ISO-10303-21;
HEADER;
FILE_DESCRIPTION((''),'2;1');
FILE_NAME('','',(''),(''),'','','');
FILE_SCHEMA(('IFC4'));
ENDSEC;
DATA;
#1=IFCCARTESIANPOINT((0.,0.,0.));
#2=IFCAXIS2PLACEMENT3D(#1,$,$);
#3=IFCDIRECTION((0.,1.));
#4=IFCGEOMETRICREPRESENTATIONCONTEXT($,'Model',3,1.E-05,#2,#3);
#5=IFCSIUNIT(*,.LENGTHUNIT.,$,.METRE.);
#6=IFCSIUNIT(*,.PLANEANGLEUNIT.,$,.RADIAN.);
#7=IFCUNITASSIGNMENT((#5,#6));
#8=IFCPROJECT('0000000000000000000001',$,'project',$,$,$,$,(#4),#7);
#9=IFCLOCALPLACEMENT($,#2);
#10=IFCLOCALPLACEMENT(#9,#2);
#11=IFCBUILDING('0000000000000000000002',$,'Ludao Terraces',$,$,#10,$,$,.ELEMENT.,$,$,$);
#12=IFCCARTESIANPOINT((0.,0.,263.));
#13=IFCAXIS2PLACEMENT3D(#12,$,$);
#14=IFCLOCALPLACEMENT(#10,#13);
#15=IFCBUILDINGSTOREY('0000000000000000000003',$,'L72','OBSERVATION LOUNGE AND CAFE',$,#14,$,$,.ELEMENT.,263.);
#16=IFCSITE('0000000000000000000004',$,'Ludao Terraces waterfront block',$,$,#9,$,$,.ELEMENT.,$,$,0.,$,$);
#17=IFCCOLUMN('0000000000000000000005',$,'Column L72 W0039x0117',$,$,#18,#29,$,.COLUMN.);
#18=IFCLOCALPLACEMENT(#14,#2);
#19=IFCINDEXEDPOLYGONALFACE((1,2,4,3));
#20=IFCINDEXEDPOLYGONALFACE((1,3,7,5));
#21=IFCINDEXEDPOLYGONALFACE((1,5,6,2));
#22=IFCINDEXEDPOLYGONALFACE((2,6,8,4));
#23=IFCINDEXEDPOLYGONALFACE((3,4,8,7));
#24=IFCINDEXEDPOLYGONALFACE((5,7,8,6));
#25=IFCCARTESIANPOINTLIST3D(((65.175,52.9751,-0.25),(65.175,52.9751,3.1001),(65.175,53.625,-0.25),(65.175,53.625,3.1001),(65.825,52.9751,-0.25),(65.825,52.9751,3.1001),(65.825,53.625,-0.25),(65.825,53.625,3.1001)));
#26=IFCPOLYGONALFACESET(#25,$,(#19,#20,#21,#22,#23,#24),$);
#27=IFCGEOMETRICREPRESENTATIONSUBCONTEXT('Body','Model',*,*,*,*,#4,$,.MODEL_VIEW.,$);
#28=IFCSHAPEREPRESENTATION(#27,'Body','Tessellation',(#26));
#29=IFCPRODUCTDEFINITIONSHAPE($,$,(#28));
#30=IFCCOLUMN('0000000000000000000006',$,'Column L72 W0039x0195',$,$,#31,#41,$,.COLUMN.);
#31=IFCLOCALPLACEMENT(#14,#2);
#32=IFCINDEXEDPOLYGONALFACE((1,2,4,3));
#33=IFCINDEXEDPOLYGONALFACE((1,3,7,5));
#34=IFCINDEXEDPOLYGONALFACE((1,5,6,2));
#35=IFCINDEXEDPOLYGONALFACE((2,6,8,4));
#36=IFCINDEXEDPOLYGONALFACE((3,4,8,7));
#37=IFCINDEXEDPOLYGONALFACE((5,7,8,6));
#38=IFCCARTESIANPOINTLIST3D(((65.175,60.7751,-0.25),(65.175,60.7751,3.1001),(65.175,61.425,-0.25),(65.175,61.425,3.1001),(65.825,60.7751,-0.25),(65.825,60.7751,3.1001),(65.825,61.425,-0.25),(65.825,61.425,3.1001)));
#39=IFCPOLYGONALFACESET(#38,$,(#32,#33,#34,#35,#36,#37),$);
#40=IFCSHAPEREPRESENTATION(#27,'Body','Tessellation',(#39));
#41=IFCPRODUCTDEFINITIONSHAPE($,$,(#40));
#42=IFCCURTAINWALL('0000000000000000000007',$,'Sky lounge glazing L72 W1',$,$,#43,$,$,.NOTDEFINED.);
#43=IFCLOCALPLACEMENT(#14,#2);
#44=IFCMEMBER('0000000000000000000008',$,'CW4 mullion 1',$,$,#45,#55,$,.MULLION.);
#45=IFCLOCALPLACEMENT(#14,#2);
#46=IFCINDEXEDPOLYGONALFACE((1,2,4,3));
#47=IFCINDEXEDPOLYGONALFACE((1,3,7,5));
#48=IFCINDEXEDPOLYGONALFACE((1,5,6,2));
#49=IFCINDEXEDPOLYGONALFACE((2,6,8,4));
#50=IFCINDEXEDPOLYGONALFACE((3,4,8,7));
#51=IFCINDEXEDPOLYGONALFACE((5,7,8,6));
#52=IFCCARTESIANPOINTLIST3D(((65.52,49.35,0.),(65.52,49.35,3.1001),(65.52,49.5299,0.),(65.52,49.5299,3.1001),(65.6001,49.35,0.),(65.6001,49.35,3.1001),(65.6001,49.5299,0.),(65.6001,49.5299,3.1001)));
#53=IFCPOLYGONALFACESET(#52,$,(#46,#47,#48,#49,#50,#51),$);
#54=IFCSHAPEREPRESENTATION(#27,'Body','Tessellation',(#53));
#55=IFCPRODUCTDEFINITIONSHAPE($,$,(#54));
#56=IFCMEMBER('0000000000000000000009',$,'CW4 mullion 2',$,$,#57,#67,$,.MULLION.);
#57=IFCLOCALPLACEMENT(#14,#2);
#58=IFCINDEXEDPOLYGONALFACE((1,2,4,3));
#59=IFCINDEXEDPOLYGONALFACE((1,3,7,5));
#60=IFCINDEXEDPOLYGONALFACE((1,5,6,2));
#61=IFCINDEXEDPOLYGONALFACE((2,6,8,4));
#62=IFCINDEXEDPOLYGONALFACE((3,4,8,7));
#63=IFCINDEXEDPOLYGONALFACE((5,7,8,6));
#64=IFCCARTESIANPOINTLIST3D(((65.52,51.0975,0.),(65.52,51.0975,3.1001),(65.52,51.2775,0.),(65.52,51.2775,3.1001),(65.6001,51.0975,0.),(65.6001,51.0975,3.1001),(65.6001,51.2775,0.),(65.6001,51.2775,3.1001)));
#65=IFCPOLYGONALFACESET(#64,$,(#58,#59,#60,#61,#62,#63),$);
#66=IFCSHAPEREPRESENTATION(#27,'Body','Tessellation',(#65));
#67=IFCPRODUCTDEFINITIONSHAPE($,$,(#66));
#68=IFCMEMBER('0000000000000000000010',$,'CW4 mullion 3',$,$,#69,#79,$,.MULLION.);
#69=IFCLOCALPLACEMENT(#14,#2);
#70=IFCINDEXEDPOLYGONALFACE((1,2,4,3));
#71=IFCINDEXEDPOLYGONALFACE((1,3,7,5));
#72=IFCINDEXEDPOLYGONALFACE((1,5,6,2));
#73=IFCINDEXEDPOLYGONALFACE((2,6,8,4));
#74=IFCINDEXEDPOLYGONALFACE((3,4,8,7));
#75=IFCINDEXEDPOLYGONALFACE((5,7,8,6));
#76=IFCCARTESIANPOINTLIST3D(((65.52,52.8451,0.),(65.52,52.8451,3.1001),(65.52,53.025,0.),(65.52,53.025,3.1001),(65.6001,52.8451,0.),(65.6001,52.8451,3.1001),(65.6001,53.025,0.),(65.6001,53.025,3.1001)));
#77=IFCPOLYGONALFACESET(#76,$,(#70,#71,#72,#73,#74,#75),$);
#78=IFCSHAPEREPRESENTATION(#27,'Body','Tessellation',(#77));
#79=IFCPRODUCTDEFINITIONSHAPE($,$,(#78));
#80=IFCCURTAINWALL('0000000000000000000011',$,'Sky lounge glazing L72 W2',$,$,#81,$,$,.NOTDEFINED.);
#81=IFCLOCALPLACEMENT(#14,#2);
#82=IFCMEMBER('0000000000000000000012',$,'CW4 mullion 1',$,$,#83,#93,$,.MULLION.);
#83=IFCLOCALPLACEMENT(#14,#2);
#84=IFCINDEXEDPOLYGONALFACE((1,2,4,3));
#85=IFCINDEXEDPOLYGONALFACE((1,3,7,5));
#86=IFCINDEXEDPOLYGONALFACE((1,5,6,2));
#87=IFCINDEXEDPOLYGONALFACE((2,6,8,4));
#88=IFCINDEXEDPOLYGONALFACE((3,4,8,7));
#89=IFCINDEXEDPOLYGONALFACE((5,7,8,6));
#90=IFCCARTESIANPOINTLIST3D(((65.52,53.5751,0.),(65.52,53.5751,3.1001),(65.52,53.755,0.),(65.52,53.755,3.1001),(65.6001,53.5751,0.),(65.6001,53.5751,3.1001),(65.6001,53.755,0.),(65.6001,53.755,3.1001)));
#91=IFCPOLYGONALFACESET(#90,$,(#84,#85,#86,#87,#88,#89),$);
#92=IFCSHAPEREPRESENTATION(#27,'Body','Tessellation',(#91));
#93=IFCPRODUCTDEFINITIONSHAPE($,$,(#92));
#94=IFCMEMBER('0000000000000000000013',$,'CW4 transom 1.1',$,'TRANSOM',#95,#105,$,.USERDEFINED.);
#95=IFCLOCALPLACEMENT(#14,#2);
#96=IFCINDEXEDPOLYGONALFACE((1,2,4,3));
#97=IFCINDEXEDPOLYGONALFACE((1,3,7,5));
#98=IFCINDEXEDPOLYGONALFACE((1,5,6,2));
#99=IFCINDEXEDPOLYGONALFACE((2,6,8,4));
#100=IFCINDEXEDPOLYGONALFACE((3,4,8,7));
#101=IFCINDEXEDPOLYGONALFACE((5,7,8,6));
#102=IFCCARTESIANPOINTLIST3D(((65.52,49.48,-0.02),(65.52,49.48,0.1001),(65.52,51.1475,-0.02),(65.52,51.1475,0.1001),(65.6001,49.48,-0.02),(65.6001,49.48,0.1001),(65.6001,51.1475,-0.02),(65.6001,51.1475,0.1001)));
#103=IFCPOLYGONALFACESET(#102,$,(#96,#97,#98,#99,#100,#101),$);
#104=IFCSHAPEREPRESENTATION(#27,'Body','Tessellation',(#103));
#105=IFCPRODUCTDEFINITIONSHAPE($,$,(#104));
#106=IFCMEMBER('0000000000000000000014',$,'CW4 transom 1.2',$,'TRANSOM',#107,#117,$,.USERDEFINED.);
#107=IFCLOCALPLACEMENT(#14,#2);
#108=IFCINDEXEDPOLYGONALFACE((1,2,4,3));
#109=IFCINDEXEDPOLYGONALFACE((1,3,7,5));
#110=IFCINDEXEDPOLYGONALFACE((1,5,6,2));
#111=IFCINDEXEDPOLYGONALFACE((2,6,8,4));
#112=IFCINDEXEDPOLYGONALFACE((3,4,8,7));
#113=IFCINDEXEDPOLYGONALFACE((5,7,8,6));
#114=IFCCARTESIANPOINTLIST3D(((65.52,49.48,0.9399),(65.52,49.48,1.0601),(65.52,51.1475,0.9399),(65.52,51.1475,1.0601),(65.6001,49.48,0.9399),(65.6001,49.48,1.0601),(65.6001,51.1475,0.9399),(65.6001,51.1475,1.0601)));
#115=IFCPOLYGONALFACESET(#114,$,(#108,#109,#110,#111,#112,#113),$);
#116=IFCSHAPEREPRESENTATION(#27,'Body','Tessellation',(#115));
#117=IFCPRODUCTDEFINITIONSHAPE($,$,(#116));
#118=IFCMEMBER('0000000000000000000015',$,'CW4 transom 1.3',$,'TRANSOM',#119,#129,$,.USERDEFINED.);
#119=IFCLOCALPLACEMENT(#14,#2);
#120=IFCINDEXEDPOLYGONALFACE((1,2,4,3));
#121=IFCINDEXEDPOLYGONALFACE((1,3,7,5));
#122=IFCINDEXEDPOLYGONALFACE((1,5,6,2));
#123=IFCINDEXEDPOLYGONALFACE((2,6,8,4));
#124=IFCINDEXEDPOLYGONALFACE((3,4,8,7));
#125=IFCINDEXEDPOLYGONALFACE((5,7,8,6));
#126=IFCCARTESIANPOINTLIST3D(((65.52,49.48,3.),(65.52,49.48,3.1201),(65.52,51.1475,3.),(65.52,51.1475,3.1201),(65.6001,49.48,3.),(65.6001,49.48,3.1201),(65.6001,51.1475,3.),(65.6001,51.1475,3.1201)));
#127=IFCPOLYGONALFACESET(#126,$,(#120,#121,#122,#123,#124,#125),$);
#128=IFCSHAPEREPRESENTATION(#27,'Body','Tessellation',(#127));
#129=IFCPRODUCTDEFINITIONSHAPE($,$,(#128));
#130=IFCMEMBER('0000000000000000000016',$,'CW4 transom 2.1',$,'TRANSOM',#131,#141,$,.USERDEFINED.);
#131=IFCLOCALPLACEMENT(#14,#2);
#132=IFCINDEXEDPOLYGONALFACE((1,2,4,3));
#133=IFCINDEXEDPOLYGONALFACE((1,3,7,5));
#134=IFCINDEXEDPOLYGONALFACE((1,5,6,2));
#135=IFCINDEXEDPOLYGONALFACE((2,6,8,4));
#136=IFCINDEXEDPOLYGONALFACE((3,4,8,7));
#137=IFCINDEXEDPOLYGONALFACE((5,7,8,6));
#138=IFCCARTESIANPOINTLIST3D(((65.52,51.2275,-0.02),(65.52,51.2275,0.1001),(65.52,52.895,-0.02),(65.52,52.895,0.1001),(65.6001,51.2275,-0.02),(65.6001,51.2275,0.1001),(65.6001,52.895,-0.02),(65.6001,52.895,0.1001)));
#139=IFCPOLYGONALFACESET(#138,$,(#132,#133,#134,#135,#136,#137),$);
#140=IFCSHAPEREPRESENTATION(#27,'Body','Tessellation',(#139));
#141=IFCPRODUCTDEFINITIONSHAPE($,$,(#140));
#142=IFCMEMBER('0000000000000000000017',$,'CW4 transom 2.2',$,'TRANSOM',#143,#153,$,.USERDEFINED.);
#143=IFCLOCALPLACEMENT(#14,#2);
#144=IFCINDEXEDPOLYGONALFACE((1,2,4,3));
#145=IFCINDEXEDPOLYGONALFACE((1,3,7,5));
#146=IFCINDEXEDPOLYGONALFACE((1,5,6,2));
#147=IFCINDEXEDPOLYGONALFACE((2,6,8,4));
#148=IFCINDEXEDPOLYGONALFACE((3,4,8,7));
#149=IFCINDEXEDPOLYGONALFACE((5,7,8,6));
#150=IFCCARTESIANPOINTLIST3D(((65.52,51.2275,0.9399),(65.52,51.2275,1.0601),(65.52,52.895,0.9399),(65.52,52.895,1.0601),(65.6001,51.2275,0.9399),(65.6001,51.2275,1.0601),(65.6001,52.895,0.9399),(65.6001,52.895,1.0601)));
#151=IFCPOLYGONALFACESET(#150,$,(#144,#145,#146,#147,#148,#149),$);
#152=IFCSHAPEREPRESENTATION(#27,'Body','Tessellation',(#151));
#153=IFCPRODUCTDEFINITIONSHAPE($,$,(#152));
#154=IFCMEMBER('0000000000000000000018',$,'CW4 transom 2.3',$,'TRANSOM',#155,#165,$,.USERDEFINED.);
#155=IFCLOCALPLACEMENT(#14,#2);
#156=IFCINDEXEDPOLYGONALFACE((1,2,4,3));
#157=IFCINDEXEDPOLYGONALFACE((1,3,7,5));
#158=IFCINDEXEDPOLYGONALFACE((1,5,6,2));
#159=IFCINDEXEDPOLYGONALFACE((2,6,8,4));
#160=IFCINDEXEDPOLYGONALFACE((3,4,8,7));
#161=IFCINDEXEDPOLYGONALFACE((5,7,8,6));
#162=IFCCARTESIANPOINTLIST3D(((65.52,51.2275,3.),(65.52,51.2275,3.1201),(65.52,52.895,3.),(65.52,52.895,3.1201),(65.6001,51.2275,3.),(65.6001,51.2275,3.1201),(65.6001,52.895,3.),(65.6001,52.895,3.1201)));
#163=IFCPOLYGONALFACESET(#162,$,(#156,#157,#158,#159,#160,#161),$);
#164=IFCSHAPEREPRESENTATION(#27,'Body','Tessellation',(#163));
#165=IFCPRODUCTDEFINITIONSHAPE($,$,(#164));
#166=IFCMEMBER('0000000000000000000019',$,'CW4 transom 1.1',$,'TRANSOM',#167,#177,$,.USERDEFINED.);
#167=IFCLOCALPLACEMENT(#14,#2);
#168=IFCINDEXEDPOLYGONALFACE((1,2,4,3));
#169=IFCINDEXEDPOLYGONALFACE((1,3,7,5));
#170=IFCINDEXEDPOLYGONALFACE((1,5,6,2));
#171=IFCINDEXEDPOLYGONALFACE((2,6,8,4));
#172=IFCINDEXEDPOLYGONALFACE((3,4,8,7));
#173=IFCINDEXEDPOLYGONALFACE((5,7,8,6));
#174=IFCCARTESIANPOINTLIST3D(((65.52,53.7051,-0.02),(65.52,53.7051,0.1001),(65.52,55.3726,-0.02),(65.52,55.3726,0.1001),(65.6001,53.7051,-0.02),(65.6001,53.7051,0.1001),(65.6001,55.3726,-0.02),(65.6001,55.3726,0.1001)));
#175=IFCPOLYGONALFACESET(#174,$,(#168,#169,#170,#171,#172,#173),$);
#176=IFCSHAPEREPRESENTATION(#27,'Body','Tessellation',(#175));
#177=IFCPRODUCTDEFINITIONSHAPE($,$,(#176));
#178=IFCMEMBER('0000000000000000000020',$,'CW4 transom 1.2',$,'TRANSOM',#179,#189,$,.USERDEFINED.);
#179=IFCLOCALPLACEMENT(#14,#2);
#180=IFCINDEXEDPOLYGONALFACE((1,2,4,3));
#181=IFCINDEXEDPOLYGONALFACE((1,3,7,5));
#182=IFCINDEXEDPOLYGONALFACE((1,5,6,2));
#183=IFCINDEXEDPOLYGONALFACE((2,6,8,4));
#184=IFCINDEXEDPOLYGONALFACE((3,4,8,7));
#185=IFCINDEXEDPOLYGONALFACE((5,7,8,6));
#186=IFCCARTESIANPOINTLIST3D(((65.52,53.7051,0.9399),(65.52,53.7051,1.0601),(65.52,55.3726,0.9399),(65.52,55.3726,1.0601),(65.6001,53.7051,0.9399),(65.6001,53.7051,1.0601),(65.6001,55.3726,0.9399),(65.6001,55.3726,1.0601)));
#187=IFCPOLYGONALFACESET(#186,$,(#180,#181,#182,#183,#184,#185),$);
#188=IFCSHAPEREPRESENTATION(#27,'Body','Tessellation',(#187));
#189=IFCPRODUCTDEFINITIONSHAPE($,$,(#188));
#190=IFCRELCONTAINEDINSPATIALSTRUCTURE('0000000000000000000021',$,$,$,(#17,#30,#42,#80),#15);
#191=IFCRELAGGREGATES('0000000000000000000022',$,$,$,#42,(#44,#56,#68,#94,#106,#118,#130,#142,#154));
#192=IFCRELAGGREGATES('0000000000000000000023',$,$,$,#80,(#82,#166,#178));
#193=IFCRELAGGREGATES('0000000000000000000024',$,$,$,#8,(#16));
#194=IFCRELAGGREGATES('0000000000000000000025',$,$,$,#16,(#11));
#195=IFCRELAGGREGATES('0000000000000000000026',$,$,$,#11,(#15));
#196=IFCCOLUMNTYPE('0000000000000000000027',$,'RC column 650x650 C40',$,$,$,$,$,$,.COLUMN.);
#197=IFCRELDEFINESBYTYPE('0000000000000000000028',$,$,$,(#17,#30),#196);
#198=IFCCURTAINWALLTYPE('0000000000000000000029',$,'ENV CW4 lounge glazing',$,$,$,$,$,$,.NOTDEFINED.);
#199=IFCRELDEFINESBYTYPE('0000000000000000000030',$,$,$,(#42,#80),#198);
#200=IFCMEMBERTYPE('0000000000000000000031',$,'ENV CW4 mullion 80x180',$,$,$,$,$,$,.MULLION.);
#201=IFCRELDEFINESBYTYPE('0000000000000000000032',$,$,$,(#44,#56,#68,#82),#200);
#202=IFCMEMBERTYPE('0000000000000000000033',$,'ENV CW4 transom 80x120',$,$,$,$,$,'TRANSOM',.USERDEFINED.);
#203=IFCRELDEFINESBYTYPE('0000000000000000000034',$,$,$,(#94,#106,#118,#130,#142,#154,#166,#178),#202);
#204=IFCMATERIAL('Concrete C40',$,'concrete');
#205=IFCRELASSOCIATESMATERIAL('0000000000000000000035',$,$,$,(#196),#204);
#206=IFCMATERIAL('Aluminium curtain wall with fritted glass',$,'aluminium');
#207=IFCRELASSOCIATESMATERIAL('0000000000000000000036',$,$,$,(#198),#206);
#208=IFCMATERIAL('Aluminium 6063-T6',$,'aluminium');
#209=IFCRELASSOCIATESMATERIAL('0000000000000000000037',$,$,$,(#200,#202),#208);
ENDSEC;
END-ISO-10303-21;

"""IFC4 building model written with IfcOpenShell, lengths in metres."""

from ifc_helpers import new_model, si_unit, direction, frame, origin, origin_2d, place, context, subcontext, project, spatial, rectangle, extrude, material, material_profile, profile_set, type_object, element, aggregate, save


model = new_model("IFC4")

# Units and contexts
model_context = context("Model", 3, precision=1e-05, world=origin(), true_north=direction((0.0, 1.0)))
body_context = subcontext(model_context, "Body", "Model", "MODEL_VIEW")
ifc_project = project(units=[si_unit("LENGTHUNIT", "METRE"), si_unit("PLANEANGLEUNIT", "RADIAN")], contexts=[model_context])

# Site, building, storey
site_placement = place(None, origin())
site = spatial("IfcSite", under=ifc_project, at=site_placement, Name="Ludao Terraces waterfront block", CompositionType="ELEMENT", RefElevation=0.0)
building_placement = place(site_placement, origin())
building = spatial("IfcBuilding", under=site, at=building_placement, Name="Ludao Terraces", CompositionType="ELEMENT")
storey_placement = place(building_placement, frame((0.0, 0.0, 263.0)))
storey = spatial("IfcBuildingStorey", under=building, at=storey_placement, Name="L72", Description="OBSERVATION LOUNGE AND CAFE", CompositionType="ELEMENT", Elevation=263.0)

# Columns
ifc_material_1 = material(Name="Concrete C40", Category="concrete")
ifc_material_profile_1 = material_profile(ifc_material_1, rectangle(XDim=0.6499, YDim=0.6499, at=origin_2d()), Name="650 X 650")
ifc_profile_set_1 = profile_set([ifc_material_profile_1], Name="Concrete C40")
column_type = type_object("IfcColumnType", Name="RC column 650x650 C40", PredefinedType="COLUMN", material=ifc_profile_set_1)
for number, where, z_axis, x_axis, name in (
    (1, (65.5, 53.3, -0.25), (0.0, 0.0, 1.0), (1.0, 0.0, 0.0), "Column L72 W0039x0117"),
    (2, (65.5, 61.1001, -0.25), (0.0, 0.0, 1.0), (1.0, 0.0, 0.0), "Column L72 W0039x0195"),
):
    element("IfcColumn", number, at=place(storey_placement, frame(where, z_axis=z_axis, x_axis=x_axis)), inside=storey, type_object=column_type, Name=name, PredefinedType="COLUMN", context=body_context, shape_type="SweptSolid", body=[
        extrude(rectangle(XDim=0.6499, YDim=0.6499, at=origin_2d()), origin(), (0.0, 0.0, 1.0), 3.3501),
    ])

# Curtain wall, members
ifc_material_2 = material(Name="Aluminium curtain wall with fritted glass", Category="aluminium")
curtain_wall_type = type_object("IfcCurtainWallType", Name="ENV CW4 lounge glazing", PredefinedType="NOTDEFINED", material=ifc_material_2)
curtain_wall_1_placement = place(storey_placement, origin())
curtain_wall_1 = element("IfcCurtainWall", 3, at=curtain_wall_1_placement, inside=storey, type_object=curtain_wall_type, Name="Sky lounge glazing L72 W1", PredefinedType="NOTDEFINED")
ifc_material_3 = material(Name="Aluminium 6063-T6", Category="aluminium")
ifc_material_profile_2 = material_profile(ifc_material_3, rectangle(XDim=0.0801, YDim=0.1799, at=origin_2d()), Name="80 X 180")
ifc_profile_set_2 = profile_set([ifc_material_profile_2], Name="Aluminium 6063-T6")
member_type_1 = type_object("IfcMemberType", Name="ENV CW4 mullion 80x180", PredefinedType="MULLION", material=ifc_profile_set_2)
member_1_placement = place(storey_placement, frame((65.5601, 49.4399, 0.0), z_axis=(0.0, 0.0, 1.0), x_axis=(-1.0, 0.0, 0.0)))
member_1 = element("IfcMember", 4, at=member_1_placement, type_object=member_type_1, Name="CW4 mullion 1", PredefinedType="MULLION", context=body_context, shape_type="SweptSolid", body=[
    extrude(rectangle(XDim=0.0801, YDim=0.1799, at=origin_2d()), origin(), (0.0, 0.0, 1.0), 3.1001),
])
member_2_placement = place(storey_placement, frame((65.5601, 51.1875, 0.0), z_axis=(0.0, 0.0, 1.0), x_axis=(-1.0, 0.0, 0.0)))
member_2 = element("IfcMember", 5, at=member_2_placement, type_object=member_type_1, Name="CW4 mullion 2", PredefinedType="MULLION", context=body_context, shape_type="SweptSolid", body=[
    extrude(rectangle(XDim=0.0801, YDim=0.1799, at=origin_2d()), origin(), (0.0, 0.0, 1.0), 3.1001),
])
member_3_placement = place(storey_placement, frame((65.5601, 52.9351, 0.0), z_axis=(0.0, 0.0, 1.0), x_axis=(-1.0, 0.0, 0.0)))
member_3 = element("IfcMember", 6, at=member_3_placement, type_object=member_type_1, Name="CW4 mullion 3", PredefinedType="MULLION", context=body_context, shape_type="SweptSolid", body=[
    extrude(rectangle(XDim=0.0801, YDim=0.1799, at=origin_2d()), origin(), (0.0, 0.0, 1.0), 3.1001),
])

# Curtain wall, member
curtain_wall_2_placement = place(storey_placement, origin())
curtain_wall_2 = element("IfcCurtainWall", 7, at=curtain_wall_2_placement, inside=storey, type_object=curtain_wall_type, Name="Sky lounge glazing L72 W2", PredefinedType="NOTDEFINED")
member_4_placement = place(storey_placement, frame((65.5601, 53.665, 0.0), z_axis=(0.0, 0.0, 1.0), x_axis=(-1.0, 0.0, 0.0)))
member_4 = element("IfcMember", 8, at=member_4_placement, type_object=member_type_1, Name="CW4 mullion 1", PredefinedType="MULLION", context=body_context, shape_type="SweptSolid", body=[
    extrude(rectangle(XDim=0.0801, YDim=0.1799, at=origin_2d()), origin(), (0.0, 0.0, 1.0), 3.1001),
])

# Members
ifc_material_profile_3 = material_profile(ifc_material_3, rectangle(XDim=0.0801, YDim=0.1201, at=origin_2d()), Name="80 X 120")
ifc_profile_set_3 = profile_set([ifc_material_profile_3], Name="Aluminium 6063-T6")
member_type_2 = type_object("IfcMemberType", Name="ENV CW4 transom 80x120", ElementType="TRANSOM", PredefinedType="USERDEFINED", material=ifc_profile_set_3)
member_5_placement = place(storey_placement, frame((65.5601, 49.48, 0.04), z_axis=(0.0, 1.0, 0.0), x_axis=(-1.0, 0.0, 0.0)))
member_5 = element("IfcMember", 9, at=member_5_placement, type_object=member_type_2, Name="CW4 transom 1.1", ObjectType="TRANSOM", PredefinedType="USERDEFINED", context=body_context, shape_type="SweptSolid", body=[
    extrude(rectangle(XDim=0.0801, YDim=0.1201, at=origin_2d()), origin(), (0.0, 0.0, 1.0), 1.6675),
])
member_6_placement = place(storey_placement, frame((65.5601, 49.48, 1.0), z_axis=(0.0, 1.0, 0.0), x_axis=(-1.0, 0.0, 0.0)))
member_6 = element("IfcMember", 10, at=member_6_placement, type_object=member_type_2, Name="CW4 transom 1.2", ObjectType="TRANSOM", PredefinedType="USERDEFINED", context=body_context, shape_type="SweptSolid", body=[
    extrude(rectangle(XDim=0.0801, YDim=0.1201, at=origin_2d()), origin(), (0.0, 0.0, 1.0), 1.6675),
])
member_7_placement = place(storey_placement, frame((65.5601, 49.48, 3.0601), z_axis=(0.0, 1.0, 0.0), x_axis=(-1.0, 0.0, 0.0)))
member_7 = element("IfcMember", 11, at=member_7_placement, type_object=member_type_2, Name="CW4 transom 1.3", ObjectType="TRANSOM", PredefinedType="USERDEFINED", context=body_context, shape_type="SweptSolid", body=[
    extrude(rectangle(XDim=0.0801, YDim=0.1201, at=origin_2d()), origin(), (0.0, 0.0, 1.0), 1.6675),
])
member_8_placement = place(storey_placement, frame((65.5601, 51.2275, 0.04), z_axis=(0.0, 1.0, 0.0), x_axis=(-1.0, 0.0, 0.0)))
member_8 = element("IfcMember", 12, at=member_8_placement, type_object=member_type_2, Name="CW4 transom 2.1", ObjectType="TRANSOM", PredefinedType="USERDEFINED", context=body_context, shape_type="SweptSolid", body=[
    extrude(rectangle(XDim=0.0801, YDim=0.1201, at=origin_2d()), origin(), (0.0, 0.0, 1.0), 1.6675),
])
member_9_placement = place(storey_placement, frame((65.5601, 51.2275, 1.0), z_axis=(0.0, 1.0, 0.0), x_axis=(-1.0, 0.0, 0.0)))
member_9 = element("IfcMember", 13, at=member_9_placement, type_object=member_type_2, Name="CW4 transom 2.2", ObjectType="TRANSOM", PredefinedType="USERDEFINED", context=body_context, shape_type="SweptSolid", body=[
    extrude(rectangle(XDim=0.0801, YDim=0.1201, at=origin_2d()), origin(), (0.0, 0.0, 1.0), 1.6675),
])
member_10_placement = place(storey_placement, frame((65.5601, 51.2275, 3.0601), z_axis=(0.0, 1.0, 0.0), x_axis=(-1.0, 0.0, 0.0)))
member_10 = element("IfcMember", 14, at=member_10_placement, type_object=member_type_2, Name="CW4 transom 2.3", ObjectType="TRANSOM", PredefinedType="USERDEFINED", context=body_context, shape_type="SweptSolid", body=[
    extrude(rectangle(XDim=0.0801, YDim=0.1201, at=origin_2d()), origin(), (0.0, 0.0, 1.0), 1.6675),
])
member_11_placement = place(storey_placement, frame((65.5601, 53.7051, 0.04), z_axis=(0.0, 1.0, 0.0), x_axis=(-1.0, 0.0, 0.0)))
member_11 = element("IfcMember", 15, at=member_11_placement, type_object=member_type_2, Name="CW4 transom 1.1", ObjectType="TRANSOM", PredefinedType="USERDEFINED", context=body_context, shape_type="SweptSolid", body=[
    extrude(rectangle(XDim=0.0801, YDim=0.1201, at=origin_2d()), origin(), (0.0, 0.0, 1.0), 1.6675),
])
member_12_placement = place(storey_placement, frame((65.5601, 53.7051, 1.0), z_axis=(0.0, 1.0, 0.0), x_axis=(-1.0, 0.0, 0.0)))
member_12 = element("IfcMember", 16, at=member_12_placement, type_object=member_type_2, Name="CW4 transom 1.2", ObjectType="TRANSOM", PredefinedType="USERDEFINED", context=body_context, shape_type="SweptSolid", body=[
    extrude(rectangle(XDim=0.0801, YDim=0.1201, at=origin_2d()), origin(), (0.0, 0.0, 1.0), 1.6675),
])

aggregate(curtain_wall_1, [member_1, member_2, member_3, member_5, member_6, member_7, member_8, member_9, member_10])
aggregate(curtain_wall_2, [member_4, member_11, member_12])

save(model, "model.ifc")
